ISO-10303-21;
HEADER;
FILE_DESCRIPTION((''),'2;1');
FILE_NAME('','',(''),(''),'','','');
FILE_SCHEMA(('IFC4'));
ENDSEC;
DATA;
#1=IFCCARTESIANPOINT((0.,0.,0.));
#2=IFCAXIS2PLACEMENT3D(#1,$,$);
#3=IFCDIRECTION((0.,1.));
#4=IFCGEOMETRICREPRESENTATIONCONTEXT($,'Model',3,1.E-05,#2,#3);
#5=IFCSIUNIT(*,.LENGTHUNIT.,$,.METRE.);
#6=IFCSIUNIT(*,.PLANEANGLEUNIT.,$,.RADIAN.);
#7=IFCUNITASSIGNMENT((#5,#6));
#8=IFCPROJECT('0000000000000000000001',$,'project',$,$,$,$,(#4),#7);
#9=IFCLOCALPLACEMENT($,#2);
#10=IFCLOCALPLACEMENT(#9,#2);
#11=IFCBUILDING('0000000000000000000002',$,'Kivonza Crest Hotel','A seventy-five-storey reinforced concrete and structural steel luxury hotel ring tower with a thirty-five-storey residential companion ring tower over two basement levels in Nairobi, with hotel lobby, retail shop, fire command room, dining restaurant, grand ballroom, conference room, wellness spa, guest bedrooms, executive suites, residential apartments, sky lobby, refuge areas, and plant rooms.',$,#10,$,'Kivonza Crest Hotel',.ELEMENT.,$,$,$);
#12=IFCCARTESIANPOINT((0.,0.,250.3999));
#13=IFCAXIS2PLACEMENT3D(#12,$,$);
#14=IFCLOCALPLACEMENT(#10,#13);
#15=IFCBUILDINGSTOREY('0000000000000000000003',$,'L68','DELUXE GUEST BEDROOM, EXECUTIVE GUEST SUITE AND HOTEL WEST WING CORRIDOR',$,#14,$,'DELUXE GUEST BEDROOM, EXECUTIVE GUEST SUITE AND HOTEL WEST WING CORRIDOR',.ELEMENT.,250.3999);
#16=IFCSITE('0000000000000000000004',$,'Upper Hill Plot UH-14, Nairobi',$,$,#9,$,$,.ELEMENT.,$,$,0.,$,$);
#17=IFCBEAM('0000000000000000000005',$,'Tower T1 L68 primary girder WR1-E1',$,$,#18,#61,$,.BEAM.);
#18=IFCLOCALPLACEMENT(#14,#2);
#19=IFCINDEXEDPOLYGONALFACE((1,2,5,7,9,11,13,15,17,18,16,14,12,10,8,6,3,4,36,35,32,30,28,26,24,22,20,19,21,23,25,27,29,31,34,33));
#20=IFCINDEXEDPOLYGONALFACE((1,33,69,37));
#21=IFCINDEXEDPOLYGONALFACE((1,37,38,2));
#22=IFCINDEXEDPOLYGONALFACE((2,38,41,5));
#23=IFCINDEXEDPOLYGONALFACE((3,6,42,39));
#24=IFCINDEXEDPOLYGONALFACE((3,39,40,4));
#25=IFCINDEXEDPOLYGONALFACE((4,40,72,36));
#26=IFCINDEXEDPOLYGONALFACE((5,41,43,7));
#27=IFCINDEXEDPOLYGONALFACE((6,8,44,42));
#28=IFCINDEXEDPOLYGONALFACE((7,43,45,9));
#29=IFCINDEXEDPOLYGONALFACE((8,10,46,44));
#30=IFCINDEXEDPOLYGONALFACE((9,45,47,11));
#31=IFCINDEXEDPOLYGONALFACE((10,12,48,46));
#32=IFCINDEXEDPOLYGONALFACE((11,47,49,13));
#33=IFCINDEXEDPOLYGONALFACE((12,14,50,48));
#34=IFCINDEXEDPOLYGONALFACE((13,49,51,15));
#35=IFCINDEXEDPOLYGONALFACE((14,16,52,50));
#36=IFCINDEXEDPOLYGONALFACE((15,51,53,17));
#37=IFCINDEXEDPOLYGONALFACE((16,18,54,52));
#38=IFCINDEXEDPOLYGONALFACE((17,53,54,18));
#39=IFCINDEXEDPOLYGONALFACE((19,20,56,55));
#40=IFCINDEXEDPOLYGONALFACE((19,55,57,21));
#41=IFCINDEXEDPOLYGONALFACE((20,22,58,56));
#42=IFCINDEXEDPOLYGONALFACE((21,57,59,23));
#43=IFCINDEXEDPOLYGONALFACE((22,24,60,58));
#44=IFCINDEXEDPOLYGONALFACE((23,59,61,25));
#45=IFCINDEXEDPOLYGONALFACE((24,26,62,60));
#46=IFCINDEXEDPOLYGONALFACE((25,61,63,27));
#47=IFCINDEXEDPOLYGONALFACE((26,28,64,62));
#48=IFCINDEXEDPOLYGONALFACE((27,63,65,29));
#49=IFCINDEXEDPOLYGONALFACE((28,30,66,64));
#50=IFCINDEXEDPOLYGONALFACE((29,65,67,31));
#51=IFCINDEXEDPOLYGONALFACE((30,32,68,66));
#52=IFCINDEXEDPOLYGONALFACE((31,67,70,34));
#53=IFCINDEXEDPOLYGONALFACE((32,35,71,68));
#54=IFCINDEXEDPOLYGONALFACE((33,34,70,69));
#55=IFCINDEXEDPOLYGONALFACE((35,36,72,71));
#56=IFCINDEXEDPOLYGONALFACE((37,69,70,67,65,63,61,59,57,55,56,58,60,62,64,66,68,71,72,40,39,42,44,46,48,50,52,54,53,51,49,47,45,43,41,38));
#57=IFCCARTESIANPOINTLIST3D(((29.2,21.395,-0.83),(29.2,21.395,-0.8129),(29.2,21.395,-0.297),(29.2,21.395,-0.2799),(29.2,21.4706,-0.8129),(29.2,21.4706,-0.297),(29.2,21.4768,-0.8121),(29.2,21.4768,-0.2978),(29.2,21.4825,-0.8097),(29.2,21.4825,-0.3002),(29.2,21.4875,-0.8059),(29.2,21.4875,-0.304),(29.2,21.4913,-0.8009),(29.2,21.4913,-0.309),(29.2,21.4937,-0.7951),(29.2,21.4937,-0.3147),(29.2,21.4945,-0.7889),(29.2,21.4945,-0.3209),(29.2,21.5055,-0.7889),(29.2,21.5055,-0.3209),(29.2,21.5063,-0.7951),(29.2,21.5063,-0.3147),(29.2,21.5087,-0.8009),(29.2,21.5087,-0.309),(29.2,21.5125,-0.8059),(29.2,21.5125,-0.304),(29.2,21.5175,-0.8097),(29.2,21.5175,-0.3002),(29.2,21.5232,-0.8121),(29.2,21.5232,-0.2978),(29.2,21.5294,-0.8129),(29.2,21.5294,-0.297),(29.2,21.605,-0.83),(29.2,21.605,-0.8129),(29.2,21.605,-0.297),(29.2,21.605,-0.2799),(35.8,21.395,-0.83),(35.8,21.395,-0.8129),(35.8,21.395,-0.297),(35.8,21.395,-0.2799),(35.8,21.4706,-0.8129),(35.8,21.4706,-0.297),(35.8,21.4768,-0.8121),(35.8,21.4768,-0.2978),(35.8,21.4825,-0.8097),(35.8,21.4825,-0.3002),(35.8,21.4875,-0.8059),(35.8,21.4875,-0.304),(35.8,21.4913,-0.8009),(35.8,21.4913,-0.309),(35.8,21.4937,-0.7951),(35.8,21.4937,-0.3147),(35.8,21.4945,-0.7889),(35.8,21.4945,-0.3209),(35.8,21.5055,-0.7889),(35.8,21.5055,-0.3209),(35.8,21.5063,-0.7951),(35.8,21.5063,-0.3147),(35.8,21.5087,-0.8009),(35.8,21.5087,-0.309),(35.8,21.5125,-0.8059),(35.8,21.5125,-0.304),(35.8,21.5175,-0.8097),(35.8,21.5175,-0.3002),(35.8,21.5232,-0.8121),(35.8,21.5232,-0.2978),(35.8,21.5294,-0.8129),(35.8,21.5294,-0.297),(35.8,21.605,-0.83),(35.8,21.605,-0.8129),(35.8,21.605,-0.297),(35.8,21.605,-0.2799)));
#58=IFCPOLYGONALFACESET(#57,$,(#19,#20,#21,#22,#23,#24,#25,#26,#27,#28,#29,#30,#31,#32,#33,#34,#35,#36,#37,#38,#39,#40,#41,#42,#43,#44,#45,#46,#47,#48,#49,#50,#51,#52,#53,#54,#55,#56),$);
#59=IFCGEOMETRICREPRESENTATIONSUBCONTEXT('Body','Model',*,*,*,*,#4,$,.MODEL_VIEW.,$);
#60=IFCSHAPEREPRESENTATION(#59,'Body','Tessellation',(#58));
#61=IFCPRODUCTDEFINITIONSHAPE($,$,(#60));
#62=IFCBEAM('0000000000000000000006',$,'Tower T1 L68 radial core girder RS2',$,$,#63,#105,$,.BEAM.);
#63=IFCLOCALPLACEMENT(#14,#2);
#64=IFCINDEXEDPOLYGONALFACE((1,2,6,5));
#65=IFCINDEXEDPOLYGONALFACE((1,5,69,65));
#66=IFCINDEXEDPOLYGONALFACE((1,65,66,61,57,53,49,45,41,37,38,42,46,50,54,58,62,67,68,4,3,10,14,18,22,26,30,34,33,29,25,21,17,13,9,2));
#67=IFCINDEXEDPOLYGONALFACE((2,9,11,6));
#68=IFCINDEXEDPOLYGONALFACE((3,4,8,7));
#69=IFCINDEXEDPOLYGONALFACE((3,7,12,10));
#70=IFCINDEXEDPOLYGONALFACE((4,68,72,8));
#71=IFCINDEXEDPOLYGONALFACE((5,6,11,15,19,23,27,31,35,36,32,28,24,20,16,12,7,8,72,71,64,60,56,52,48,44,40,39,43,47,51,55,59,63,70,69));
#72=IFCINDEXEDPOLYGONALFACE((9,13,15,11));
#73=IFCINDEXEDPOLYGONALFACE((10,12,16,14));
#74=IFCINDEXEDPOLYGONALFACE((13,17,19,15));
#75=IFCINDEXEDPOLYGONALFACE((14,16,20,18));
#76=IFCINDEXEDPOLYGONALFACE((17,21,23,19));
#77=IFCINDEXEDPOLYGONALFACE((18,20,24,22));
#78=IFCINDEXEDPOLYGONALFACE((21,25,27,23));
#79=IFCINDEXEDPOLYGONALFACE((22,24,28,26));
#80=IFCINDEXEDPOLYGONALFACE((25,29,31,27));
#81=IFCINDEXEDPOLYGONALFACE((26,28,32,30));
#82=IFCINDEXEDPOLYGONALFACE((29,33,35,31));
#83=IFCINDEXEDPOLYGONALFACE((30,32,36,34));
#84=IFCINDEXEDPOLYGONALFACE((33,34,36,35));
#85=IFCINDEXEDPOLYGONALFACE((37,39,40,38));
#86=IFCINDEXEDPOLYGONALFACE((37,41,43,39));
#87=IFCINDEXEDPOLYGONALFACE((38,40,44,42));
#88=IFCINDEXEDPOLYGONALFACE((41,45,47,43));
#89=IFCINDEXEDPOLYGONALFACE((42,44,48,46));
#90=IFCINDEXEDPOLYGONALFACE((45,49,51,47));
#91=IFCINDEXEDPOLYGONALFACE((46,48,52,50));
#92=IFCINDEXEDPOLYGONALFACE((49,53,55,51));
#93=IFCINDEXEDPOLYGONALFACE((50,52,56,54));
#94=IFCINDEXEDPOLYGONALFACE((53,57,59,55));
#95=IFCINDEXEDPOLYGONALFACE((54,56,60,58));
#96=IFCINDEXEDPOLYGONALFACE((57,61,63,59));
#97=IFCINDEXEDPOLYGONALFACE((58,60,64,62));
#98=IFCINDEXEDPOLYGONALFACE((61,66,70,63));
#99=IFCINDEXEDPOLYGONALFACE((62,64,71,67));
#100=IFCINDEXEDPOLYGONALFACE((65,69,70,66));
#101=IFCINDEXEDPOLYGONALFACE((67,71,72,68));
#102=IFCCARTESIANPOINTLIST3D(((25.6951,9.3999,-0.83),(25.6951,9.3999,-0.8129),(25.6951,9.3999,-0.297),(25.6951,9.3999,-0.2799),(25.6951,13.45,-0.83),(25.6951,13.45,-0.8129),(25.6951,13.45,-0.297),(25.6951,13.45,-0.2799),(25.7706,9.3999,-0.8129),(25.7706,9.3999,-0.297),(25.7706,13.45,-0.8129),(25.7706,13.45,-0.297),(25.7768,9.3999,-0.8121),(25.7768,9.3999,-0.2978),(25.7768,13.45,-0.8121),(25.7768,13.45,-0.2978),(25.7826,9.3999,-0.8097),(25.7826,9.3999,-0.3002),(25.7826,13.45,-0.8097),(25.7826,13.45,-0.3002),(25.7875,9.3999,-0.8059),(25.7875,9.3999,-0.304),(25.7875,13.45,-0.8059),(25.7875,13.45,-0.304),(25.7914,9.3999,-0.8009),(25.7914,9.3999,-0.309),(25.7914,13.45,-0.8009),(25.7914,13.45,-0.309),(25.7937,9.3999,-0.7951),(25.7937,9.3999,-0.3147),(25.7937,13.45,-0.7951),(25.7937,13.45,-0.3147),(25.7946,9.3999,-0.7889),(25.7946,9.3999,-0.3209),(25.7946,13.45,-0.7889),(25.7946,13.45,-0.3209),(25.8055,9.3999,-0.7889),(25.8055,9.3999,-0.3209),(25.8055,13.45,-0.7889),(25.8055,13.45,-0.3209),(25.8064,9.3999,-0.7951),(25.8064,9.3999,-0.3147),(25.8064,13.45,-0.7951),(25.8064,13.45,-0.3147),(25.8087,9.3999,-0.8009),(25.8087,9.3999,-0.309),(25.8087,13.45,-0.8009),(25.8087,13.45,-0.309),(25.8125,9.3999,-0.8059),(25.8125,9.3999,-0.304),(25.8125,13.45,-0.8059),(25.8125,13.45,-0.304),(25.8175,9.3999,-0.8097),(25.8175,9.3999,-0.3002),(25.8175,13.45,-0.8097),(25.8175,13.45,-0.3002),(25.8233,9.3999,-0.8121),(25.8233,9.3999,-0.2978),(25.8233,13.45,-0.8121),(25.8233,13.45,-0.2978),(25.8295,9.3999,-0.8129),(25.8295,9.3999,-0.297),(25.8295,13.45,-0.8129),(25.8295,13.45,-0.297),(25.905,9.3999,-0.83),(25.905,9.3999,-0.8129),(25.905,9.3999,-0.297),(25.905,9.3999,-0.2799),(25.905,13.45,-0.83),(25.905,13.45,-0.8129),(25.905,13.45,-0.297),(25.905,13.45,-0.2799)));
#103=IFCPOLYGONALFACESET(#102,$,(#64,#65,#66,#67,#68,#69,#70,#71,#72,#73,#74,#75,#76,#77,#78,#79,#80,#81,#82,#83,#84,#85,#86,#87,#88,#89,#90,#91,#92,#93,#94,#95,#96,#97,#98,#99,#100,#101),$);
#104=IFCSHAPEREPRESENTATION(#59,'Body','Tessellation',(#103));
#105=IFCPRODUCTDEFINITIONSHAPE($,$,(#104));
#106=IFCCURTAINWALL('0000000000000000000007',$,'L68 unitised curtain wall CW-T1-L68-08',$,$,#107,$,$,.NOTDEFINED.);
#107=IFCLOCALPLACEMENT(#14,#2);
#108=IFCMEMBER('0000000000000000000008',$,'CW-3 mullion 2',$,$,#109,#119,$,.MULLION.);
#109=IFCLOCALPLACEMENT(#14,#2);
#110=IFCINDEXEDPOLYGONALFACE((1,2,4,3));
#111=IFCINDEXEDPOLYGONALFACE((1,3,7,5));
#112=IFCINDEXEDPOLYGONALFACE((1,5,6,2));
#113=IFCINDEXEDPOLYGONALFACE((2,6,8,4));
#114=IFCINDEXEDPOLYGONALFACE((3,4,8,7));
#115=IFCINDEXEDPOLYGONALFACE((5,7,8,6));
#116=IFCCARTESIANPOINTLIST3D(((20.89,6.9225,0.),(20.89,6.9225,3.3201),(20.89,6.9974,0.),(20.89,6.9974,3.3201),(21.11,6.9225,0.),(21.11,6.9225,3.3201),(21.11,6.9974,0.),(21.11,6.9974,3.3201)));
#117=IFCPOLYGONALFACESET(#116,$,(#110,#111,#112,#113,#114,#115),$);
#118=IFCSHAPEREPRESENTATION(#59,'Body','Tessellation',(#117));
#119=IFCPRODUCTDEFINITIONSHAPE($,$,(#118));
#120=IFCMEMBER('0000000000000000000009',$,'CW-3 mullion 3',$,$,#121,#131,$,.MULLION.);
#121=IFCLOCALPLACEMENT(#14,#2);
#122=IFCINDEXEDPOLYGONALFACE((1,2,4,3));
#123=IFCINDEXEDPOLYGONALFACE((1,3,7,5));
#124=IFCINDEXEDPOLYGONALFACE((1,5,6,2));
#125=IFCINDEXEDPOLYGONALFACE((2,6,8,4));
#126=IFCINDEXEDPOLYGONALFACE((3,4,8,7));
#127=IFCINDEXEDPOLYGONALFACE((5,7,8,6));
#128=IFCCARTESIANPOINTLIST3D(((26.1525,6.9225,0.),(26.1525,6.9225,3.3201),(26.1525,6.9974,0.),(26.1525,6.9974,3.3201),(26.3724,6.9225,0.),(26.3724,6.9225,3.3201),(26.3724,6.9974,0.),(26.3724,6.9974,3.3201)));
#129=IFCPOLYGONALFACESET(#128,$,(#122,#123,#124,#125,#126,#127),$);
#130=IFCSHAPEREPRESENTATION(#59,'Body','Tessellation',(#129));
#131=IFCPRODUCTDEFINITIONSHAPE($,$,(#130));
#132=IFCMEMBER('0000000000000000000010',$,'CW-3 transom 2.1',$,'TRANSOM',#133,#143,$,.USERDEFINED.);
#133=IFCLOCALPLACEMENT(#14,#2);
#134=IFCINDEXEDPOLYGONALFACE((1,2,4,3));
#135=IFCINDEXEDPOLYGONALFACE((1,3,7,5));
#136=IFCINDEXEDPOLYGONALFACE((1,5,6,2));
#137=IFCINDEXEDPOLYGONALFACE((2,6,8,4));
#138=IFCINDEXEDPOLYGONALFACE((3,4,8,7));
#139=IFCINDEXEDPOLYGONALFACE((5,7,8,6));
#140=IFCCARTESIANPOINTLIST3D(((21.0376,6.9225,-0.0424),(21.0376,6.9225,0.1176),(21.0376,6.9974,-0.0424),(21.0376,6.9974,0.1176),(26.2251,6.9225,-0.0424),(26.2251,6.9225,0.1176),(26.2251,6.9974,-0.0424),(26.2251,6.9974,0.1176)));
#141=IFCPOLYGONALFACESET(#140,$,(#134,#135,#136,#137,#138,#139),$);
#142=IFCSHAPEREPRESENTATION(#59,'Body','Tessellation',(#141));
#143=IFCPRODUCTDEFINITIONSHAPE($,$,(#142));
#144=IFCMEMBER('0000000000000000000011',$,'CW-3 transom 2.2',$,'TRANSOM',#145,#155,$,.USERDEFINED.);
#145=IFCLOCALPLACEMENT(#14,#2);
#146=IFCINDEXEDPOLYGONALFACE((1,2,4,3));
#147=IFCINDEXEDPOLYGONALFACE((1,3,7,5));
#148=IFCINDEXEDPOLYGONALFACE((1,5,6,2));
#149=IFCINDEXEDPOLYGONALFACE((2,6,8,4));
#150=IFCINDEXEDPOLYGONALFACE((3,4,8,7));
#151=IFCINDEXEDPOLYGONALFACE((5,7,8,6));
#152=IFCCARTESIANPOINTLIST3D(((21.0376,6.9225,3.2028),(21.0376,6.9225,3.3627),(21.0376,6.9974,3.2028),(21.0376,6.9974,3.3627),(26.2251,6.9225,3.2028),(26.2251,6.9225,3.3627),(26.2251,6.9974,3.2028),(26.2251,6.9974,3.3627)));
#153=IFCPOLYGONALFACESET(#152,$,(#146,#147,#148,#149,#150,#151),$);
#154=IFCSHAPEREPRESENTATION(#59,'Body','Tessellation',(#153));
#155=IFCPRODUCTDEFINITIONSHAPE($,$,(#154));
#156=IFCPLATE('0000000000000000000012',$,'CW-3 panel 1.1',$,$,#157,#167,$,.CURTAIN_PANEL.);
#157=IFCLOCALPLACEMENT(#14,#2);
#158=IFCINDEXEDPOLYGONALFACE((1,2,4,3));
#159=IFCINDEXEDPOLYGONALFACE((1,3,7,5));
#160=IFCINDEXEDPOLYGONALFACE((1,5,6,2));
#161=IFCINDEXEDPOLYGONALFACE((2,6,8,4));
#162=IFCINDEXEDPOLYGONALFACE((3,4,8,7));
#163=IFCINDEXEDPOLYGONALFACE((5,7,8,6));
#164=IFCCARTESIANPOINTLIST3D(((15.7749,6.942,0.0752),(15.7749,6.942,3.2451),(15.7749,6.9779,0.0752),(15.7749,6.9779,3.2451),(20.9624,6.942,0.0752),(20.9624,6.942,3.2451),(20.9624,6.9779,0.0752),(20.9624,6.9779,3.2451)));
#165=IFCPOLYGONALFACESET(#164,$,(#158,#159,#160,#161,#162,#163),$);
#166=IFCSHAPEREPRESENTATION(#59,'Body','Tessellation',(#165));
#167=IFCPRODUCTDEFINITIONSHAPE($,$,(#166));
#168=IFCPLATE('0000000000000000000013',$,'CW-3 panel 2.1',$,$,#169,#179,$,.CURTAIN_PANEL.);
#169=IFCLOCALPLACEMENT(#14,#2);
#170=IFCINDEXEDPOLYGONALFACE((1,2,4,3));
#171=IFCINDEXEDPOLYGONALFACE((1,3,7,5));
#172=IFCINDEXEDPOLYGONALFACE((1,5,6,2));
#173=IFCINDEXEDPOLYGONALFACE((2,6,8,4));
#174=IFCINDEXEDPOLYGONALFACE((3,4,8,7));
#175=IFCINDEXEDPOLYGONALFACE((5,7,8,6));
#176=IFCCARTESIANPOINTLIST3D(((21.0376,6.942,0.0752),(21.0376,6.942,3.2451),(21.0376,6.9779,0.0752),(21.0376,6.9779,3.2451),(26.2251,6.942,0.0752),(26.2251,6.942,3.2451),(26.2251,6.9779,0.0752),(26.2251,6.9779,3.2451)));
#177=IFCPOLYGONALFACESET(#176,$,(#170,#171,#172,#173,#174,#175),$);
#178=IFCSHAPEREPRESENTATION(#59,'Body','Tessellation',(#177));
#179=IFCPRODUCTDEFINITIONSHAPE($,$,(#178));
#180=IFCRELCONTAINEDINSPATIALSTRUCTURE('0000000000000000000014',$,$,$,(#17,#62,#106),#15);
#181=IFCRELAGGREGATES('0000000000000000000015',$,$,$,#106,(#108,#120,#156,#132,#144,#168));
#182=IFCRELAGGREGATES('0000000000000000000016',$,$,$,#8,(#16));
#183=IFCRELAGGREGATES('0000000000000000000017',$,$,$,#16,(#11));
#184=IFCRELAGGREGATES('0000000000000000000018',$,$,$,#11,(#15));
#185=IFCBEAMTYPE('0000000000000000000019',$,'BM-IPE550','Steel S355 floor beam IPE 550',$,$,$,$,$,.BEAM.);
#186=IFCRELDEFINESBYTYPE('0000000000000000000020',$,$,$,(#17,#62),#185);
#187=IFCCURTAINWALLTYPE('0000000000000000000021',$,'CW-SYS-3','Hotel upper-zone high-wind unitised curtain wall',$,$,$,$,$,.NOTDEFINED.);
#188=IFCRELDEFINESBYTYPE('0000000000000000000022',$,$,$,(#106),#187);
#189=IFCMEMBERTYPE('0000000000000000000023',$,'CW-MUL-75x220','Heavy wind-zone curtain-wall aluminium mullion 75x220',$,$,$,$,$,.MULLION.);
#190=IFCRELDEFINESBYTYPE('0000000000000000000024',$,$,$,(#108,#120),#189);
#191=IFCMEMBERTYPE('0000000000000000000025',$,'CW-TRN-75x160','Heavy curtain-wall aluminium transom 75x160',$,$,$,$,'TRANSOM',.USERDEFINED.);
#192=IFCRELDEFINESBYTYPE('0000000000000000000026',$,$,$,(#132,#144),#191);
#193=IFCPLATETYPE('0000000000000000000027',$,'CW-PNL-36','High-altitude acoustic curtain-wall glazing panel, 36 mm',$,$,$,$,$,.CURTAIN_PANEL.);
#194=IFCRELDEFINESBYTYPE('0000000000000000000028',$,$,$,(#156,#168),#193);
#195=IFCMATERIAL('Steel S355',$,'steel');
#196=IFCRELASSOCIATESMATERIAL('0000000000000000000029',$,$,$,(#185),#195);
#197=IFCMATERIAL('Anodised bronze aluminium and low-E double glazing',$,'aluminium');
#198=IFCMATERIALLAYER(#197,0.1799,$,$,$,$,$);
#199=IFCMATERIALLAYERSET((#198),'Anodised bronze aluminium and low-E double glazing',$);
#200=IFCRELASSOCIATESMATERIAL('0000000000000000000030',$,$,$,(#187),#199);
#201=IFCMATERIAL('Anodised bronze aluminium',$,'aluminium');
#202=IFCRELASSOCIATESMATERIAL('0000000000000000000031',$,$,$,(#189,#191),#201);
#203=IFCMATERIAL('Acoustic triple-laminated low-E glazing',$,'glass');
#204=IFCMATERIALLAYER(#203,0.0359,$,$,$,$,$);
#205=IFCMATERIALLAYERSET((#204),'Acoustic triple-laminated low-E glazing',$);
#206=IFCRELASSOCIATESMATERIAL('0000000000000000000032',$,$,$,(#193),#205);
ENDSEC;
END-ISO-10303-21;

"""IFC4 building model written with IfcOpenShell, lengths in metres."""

from ifc_helpers import new_model, si_unit, direction, frame, origin, origin_2d, place, context, subcontext, project, spatial, rectangle, i_section, extrude, material, layer, layer_set, material_profile, profile_set, type_object, element, aggregate, save


model = new_model("IFC4")

# Units and contexts
model_context = context("Model", 3, precision=1e-05, world=origin(), true_north=direction((0.0, 1.0)))
body_context = subcontext(model_context, "Body", "Model", "MODEL_VIEW")
ifc_project = project(units=[si_unit("LENGTHUNIT", "METRE"), si_unit("PLANEANGLEUNIT", "RADIAN")], contexts=[model_context])

# Site, building, storey
site_placement = place(None, origin())
site = spatial("IfcSite", under=ifc_project, at=site_placement, Name="Upper Hill Plot UH-14, Nairobi", CompositionType="ELEMENT", RefElevation=0.0)
building_placement = place(site_placement, origin())
building = spatial("IfcBuilding", under=site, at=building_placement, Name="Kivonza Crest Hotel", Description="A seventy-five-storey reinforced concrete and structural steel luxury hotel ring tower with a thirty-five-storey residential companion ring tower over two basement levels in Nairobi, with hotel lobby, retail shop, fire command room, dining restaurant, grand ballroom, conference room, wellness spa, guest bedrooms, executive suites, residential apartments, sky lobby, refuge areas, and plant rooms.", LongName="Kivonza Crest Hotel", CompositionType="ELEMENT")
storey_placement = place(building_placement, frame((0.0, 0.0, 250.3999)))
storey = spatial("IfcBuildingStorey", under=building, at=storey_placement, Name="L68", Description="DELUXE GUEST BEDROOM, EXECUTIVE GUEST SUITE AND HOTEL WEST WING CORRIDOR", LongName="DELUXE GUEST BEDROOM, EXECUTIVE GUEST SUITE AND HOTEL WEST WING CORRIDOR", CompositionType="ELEMENT", Elevation=250.3999)

# Beams
ifc_material_1 = material(Name="Steel S355", Category="steel")
ifc_material_profile_1 = material_profile(ifc_material_1, i_section(OverallWidth=0.21, OverallDepth=0.55, WebThickness=0.011, FlangeThickness=0.0171, FilletRadius=0.0239, at=origin_2d()), Name="IPE 550")
ifc_profile_set_1 = profile_set([ifc_material_profile_1], Name="Steel S355")
beam_type_1 = type_object("IfcBeamType", Name="BM-IPE550", Description="Steel S355 floor beam IPE 550", PredefinedType="BEAM", material=ifc_profile_set_1)
beam_1_placement = place(storey_placement, frame((29.2, 21.5, -0.5549), z_axis=(1.0, 0.0, 0.0), x_axis=(0.0, 1.0, 0.0)))
element("IfcBeam", 1, at=beam_1_placement, inside=storey, type_object=beam_type_1, Name="Tower T1 L68 primary girder WR1-E1", PredefinedType="BEAM", context=body_context, shape_type="SweptSolid", body=[
    extrude(i_section(OverallWidth=0.21, OverallDepth=0.55, WebThickness=0.011, FlangeThickness=0.0171, FilletRadius=0.0239, at=origin_2d()), origin(), (0.0, 0.0, 1.0), 6.6001),
])
beam_2_placement = place(storey_placement, frame((25.8, 9.3999, -0.5549), z_axis=(0.0, 1.0, 0.0), x_axis=(-1.0, 0.0, 0.0)))
element("IfcBeam", 2, at=beam_2_placement, inside=storey, type_object=beam_type_1, Name="Tower T1 L68 radial core girder RS2", PredefinedType="BEAM", context=body_context, shape_type="SweptSolid", body=[
    extrude(i_section(OverallWidth=0.21, OverallDepth=0.55, WebThickness=0.011, FlangeThickness=0.0171, FilletRadius=0.0239, at=origin_2d()), origin(), (0.0, 0.0, 1.0), 4.05),
])

# Curtain wall, members, plates
ifc_material_2 = material(Name="Anodised bronze aluminium and low-E double glazing", Category="aluminium")
ifc_layer_1 = layer(ifc_material_2, 0.1799)
ifc_layer_set_1 = layer_set([ifc_layer_1], Name="Anodised bronze aluminium and low-E double glazing")
curtain_wall_type = type_object("IfcCurtainWallType", Name="CW-SYS-3", Description="Hotel upper-zone high-wind unitised curtain wall", PredefinedType="NOTDEFINED", material=ifc_layer_set_1)
curtain_wall_placement = place(storey_placement, origin())
curtain_wall = element("IfcCurtainWall", 3, at=curtain_wall_placement, inside=storey, type_object=curtain_wall_type, Name="L68 unitised curtain wall CW-T1-L68-08", PredefinedType="NOTDEFINED")
ifc_material_3 = material(Name="Anodised bronze aluminium", Category="aluminium")
ifc_material_profile_2 = material_profile(ifc_material_3, rectangle(XDim=0.075, YDim=0.22, at=origin_2d()), Name="CW-M 75x220")
ifc_profile_set_2 = profile_set([ifc_material_profile_2], Name="Anodised bronze aluminium")
member_type_1 = type_object("IfcMemberType", Name="CW-MUL-75x220", Description="Heavy wind-zone curtain-wall aluminium mullion 75x220", PredefinedType="MULLION", material=ifc_profile_set_2)
member_1_placement = place(storey_placement, frame((21.0, 6.96, 0.0), z_axis=(0.0, 0.0, 1.0), x_axis=(0.0, 1.0, 0.0)))
member_1 = element("IfcMember", 4, at=member_1_placement, type_object=member_type_1, Name="CW-3 mullion 2", PredefinedType="MULLION", context=body_context, shape_type="SweptSolid", body=[
    extrude(rectangle(XDim=0.075, YDim=0.22, at=origin_2d()), origin(), (0.0, 0.0, 1.0), 3.3201),
])
member_2_placement = place(storey_placement, frame((26.2625, 6.96, 0.0), z_axis=(0.0, 0.0, 1.0), x_axis=(0.0, 1.0, 0.0)))
member_2 = element("IfcMember", 5, at=member_2_placement, type_object=member_type_1, Name="CW-3 mullion 3", PredefinedType="MULLION", context=body_context, shape_type="SweptSolid", body=[
    extrude(rectangle(XDim=0.075, YDim=0.22, at=origin_2d()), origin(), (0.0, 0.0, 1.0), 3.3201),
])
ifc_material_profile_3 = material_profile(ifc_material_3, rectangle(XDim=0.075, YDim=0.1599, at=origin_2d()), Name="CW-T 75x160")
ifc_profile_set_3 = profile_set([ifc_material_profile_3], Name="Anodised bronze aluminium")
member_type_2 = type_object("IfcMemberType", Name="CW-TRN-75x160", Description="Heavy curtain-wall aluminium transom 75x160", ElementType="TRANSOM", PredefinedType="USERDEFINED", material=ifc_profile_set_3)
member_3_placement = place(storey_placement, frame((21.0376, 6.96, 0.0376), z_axis=(1.0, 0.0, 0.0), x_axis=(0.0, 1.0, 0.0)))
member_3 = element("IfcMember", 6, at=member_3_placement, type_object=member_type_2, Name="CW-3 transom 2.1", ObjectType="TRANSOM", PredefinedType="USERDEFINED", context=body_context, shape_type="SweptSolid", body=[
    extrude(rectangle(XDim=0.075, YDim=0.1599, at=origin_2d()), origin(), (0.0, 0.0, 1.0), 5.1875),
])
member_4_placement = place(storey_placement, frame((21.0376, 6.96, 3.2827), z_axis=(1.0, 0.0, 0.0), x_axis=(0.0, 1.0, 0.0)))
member_4 = element("IfcMember", 7, at=member_4_placement, type_object=member_type_2, Name="CW-3 transom 2.2", ObjectType="TRANSOM", PredefinedType="USERDEFINED", context=body_context, shape_type="SweptSolid", body=[
    extrude(rectangle(XDim=0.075, YDim=0.1599, at=origin_2d()), origin(), (0.0, 0.0, 1.0), 5.1875),
])
ifc_material_4 = material(Name="Acoustic triple-laminated low-E glazing", Category="glass")
ifc_layer_2 = layer(ifc_material_4, 0.0359)
ifc_layer_set_2 = layer_set([ifc_layer_2], Name="Acoustic triple-laminated low-E glazing")
plate_type = type_object("IfcPlateType", Name="CW-PNL-36", Description="High-altitude acoustic curtain-wall glazing panel, 36 mm", PredefinedType="CURTAIN_PANEL", material=ifc_layer_set_2)
plate_1_placement = place(storey_placement, frame((18.3687, 6.96, 0.0752), z_axis=(0.0, 0.0, 1.0), x_axis=(1.0, 0.0, 0.0)))
plate_1 = element("IfcPlate", 8, at=plate_1_placement, type_object=plate_type, Name="CW-3 panel 1.1", PredefinedType="CURTAIN_PANEL", context=body_context, shape_type="SweptSolid", body=[
    extrude(rectangle(XDim=5.1875, YDim=0.0359, at=origin_2d()), origin(), (0.0, 0.0, 1.0), 3.1699),
])
plate_2_placement = place(storey_placement, frame((23.6313, 6.96, 0.0752), z_axis=(0.0, 0.0, 1.0), x_axis=(1.0, 0.0, 0.0)))
plate_2 = element("IfcPlate", 9, at=plate_2_placement, type_object=plate_type, Name="CW-3 panel 2.1", PredefinedType="CURTAIN_PANEL", context=body_context, shape_type="SweptSolid", body=[
    extrude(rectangle(XDim=5.1875, YDim=0.0359, at=origin_2d()), origin(), (0.0, 0.0, 1.0), 3.1699),
])
aggregate(curtain_wall, [member_1, member_2, plate_1, member_3, member_4, plate_2])

save(model, "model.ifc")
